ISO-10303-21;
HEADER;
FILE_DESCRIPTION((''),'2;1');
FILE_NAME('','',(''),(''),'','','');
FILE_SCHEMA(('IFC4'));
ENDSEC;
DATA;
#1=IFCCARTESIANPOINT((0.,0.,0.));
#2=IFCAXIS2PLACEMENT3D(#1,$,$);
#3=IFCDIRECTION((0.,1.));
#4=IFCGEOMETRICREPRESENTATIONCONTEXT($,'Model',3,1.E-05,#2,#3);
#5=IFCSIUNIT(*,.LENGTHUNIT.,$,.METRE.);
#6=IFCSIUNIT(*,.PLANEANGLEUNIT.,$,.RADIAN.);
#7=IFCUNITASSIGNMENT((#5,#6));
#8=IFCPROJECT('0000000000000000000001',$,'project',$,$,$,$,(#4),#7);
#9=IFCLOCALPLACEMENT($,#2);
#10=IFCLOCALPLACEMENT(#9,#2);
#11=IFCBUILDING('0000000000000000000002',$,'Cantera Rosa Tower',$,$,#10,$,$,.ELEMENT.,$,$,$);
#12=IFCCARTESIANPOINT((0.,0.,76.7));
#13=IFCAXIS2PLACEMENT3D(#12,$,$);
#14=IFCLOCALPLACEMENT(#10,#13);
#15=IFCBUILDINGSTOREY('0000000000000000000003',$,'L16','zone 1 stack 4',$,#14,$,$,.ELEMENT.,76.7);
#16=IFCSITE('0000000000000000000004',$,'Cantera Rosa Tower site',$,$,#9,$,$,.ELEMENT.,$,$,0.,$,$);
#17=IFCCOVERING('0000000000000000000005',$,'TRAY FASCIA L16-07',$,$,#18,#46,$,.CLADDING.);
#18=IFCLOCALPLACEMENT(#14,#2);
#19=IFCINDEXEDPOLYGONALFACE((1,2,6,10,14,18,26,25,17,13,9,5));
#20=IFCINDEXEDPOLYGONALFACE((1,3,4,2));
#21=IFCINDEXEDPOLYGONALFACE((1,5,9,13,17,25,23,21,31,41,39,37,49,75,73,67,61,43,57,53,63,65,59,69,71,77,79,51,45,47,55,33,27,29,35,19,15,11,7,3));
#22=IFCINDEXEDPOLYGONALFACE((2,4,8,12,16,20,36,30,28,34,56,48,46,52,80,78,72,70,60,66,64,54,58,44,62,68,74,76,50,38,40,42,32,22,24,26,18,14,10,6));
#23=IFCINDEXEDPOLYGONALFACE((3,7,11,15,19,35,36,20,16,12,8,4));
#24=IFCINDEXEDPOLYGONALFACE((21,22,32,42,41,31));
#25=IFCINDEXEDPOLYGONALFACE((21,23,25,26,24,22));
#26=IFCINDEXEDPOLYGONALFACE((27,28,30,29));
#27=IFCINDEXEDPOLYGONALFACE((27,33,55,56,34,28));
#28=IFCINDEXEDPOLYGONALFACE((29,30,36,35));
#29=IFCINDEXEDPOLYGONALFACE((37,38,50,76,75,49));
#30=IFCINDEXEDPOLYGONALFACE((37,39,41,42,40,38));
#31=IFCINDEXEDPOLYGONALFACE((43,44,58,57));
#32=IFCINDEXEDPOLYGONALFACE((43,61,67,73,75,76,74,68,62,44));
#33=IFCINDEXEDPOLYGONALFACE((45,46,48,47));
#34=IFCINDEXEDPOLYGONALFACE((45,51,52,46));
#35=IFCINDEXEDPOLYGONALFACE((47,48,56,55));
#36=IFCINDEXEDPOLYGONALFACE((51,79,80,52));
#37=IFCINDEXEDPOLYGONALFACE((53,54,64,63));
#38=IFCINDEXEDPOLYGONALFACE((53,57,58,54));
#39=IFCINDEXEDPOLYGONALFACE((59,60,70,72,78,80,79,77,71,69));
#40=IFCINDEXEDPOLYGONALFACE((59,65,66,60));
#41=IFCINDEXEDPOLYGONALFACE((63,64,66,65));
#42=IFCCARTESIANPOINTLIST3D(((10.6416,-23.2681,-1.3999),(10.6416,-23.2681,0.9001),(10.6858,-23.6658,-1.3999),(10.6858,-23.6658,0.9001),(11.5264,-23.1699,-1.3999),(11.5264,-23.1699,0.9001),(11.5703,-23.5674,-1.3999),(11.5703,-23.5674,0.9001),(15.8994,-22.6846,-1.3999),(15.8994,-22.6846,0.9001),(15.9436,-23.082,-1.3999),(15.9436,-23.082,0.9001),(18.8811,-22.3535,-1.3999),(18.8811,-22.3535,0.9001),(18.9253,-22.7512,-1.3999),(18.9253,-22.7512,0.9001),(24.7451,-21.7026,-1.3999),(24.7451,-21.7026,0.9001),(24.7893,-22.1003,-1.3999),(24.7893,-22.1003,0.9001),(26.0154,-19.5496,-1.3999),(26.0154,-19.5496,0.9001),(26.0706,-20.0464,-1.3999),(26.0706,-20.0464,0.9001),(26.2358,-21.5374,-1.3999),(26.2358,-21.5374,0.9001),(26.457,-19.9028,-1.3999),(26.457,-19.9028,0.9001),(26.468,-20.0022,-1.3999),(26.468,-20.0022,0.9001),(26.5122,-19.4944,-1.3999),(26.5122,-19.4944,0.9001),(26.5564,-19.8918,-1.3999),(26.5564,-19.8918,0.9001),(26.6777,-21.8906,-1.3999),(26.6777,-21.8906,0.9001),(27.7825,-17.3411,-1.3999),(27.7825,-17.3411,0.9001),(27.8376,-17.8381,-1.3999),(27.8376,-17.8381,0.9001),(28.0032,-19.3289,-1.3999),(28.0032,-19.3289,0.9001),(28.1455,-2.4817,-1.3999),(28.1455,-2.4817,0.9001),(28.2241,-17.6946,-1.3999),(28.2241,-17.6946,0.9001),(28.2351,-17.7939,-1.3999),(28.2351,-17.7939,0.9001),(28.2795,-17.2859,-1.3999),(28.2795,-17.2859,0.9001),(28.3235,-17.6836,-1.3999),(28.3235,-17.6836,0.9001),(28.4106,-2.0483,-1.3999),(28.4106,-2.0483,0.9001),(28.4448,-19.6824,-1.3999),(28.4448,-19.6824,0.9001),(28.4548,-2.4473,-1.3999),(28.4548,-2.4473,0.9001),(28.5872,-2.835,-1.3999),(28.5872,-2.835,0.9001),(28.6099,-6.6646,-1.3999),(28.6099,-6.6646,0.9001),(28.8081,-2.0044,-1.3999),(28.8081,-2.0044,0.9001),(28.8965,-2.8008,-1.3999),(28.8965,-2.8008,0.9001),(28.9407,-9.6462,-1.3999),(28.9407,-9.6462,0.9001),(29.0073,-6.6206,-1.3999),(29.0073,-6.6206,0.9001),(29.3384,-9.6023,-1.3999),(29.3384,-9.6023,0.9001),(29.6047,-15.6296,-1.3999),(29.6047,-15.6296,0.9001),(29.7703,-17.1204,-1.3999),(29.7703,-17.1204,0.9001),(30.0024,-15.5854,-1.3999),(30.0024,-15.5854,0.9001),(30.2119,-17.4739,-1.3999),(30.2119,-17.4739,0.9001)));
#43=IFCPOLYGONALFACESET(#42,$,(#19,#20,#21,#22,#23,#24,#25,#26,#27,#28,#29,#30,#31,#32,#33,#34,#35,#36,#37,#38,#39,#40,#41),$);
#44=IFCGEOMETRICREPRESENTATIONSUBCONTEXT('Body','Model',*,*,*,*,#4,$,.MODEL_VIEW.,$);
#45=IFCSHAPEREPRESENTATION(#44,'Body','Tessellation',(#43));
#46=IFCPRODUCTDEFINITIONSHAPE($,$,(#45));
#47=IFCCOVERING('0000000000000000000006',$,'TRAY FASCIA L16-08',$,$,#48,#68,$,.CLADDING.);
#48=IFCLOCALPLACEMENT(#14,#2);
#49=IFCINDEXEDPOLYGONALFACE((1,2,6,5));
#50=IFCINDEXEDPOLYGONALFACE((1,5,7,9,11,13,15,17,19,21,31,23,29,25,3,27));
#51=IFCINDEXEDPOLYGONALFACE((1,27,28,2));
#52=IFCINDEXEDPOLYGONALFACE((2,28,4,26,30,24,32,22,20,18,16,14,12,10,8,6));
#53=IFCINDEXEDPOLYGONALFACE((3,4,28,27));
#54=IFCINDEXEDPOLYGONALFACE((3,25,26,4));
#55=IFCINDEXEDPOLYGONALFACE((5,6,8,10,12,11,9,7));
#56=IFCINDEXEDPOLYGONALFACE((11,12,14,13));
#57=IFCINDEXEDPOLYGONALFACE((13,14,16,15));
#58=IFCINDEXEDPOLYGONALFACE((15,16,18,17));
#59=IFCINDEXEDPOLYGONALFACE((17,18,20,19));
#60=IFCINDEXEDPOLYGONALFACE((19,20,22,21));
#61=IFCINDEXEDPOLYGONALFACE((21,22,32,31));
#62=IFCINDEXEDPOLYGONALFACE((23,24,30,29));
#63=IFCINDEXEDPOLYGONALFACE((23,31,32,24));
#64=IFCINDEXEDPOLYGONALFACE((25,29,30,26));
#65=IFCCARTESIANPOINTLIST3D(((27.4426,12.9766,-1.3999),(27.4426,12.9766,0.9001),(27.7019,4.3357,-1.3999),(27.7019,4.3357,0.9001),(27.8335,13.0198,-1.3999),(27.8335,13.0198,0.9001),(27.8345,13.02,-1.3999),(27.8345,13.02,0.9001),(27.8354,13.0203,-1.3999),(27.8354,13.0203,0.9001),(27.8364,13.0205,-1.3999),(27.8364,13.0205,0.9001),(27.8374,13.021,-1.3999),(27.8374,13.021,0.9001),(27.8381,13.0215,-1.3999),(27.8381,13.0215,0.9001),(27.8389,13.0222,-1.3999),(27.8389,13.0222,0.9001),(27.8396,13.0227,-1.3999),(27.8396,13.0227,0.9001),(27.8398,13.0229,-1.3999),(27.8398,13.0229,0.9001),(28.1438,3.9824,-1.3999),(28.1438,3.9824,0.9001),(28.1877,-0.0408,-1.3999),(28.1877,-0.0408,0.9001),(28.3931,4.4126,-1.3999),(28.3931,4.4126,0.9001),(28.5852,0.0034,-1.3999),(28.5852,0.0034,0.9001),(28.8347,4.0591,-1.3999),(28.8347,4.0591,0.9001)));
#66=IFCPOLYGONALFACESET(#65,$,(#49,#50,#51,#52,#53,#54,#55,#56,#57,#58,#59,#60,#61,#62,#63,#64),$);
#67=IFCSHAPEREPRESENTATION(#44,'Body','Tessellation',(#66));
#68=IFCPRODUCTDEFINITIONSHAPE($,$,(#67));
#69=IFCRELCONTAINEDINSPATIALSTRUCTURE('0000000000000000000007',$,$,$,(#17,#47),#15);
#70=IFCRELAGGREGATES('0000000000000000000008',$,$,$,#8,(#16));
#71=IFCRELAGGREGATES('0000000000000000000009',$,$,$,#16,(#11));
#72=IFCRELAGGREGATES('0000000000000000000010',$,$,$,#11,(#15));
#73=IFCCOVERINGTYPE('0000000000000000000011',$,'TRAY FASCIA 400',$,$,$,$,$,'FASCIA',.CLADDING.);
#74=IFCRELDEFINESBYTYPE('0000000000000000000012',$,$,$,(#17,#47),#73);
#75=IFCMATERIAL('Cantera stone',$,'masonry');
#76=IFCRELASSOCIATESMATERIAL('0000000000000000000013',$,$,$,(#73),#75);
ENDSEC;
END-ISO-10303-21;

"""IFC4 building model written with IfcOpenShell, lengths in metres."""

from ifc_helpers import new_model, si_unit, direction, frame, origin, place, context, subcontext, project, spatial, polyline, outline, extrude, material, type_object, element, save


model = new_model("IFC4")

# Units and contexts
model_context = context("Model", 3, precision=1e-05, world=origin(), true_north=direction((0.0, 1.0)))
body_context = subcontext(model_context, "Body", "Model", "MODEL_VIEW")
ifc_project = project(units=[si_unit("LENGTHUNIT", "METRE"), si_unit("PLANEANGLEUNIT", "RADIAN")], contexts=[model_context])

# Site, building, storey
site_placement = place(None, origin())
site = spatial("IfcSite", under=ifc_project, at=site_placement, Name="Cantera Rosa Tower site", CompositionType="ELEMENT", RefElevation=0.0)
building_placement = place(site_placement, origin())
building = spatial("IfcBuilding", under=site, at=building_placement, Name="Cantera Rosa Tower", CompositionType="ELEMENT")
storey_placement = place(building_placement, frame((0.0, 0.0, 76.7)))
storey = spatial("IfcBuildingStorey", under=building, at=storey_placement, Name="L16", Description="zone 1 stack 4", CompositionType="ELEMENT", Elevation=76.7)

# Coverings
ifc_material_1 = material(Name="Cantera stone", Category="masonry")
covering_type_1 = type_object("IfcCoveringType", Name="TRAY FASCIA 400", ElementType="FASCIA", PredefinedType="CLADDING", material=ifc_material_1)
covering_1_placement = place(storey_placement, frame((0.0, 0.0, -1.3999)))
element("IfcCovering", 1, at=covering_1_placement, inside=storey, type_object=covering_type_1, Name="TRAY FASCIA L16-07", PredefinedType="CLADDING", context=body_context, shape_type="SweptSolid", body=[
    extrude(outline(polyline([(28.8965, -2.8008), (28.5872, -2.835), (29.0073, -6.6206), (29.3384, -9.6023), (30.0024, -15.5854), (30.2119, -17.4739), (28.3235, -17.6836), (28.2241, -17.6946), (28.2351, -17.7939), (28.4448, -19.6824), (26.5564, -19.8918), (26.457, -19.9028), (26.468, -20.0022), (26.6777, -21.8906), (24.7893, -22.1003), (18.9253, -22.7512), (15.9436, -23.082), (11.5703, -23.5674), (10.6858, -23.6658), (10.6416, -23.2681), (11.5264, -23.1699), (15.8994, -22.6846), (18.8811, -22.3535), (24.7451, -21.7026), (26.2358, -21.5374), (26.0706, -20.0464), (26.0154, -19.5496), (26.5122, -19.4944), (28.0032, -19.3289), (27.8376, -17.8381), (27.7825, -17.3411), (28.2795, -17.2859), (29.7703, -17.1204), (29.6047, -15.6296), (28.9407, -9.6462), (28.6099, -6.6646), (28.1455, -2.4817), (28.4548, -2.4473), (28.4106, -2.0483), (28.8081, -2.0044), (28.8965, -2.8008)])), origin(), (0.0, 0.0, 1.0), 2.3),
])
covering_2_placement = place(storey_placement, frame((0.0, 0.0, -1.3999)))
element("IfcCovering", 2, at=covering_2_placement, inside=storey, type_object=covering_type_1, Name="TRAY FASCIA L16-08", PredefinedType="CLADDING", context=body_context, shape_type="SweptSolid", body=[
    extrude(outline(polyline([(28.8347, 4.0591), (28.1438, 3.9824), (28.5852, 0.0034), (28.1877, -0.0408), (27.7019, 4.3357), (28.3931, 4.4126), (27.4426, 12.9766), (27.8335, 13.0198), (27.8345, 13.02), (27.8354, 13.0203), (27.8364, 13.0205), (27.8374, 13.021), (27.8381, 13.0215), (27.8389, 13.0222), (27.8396, 13.0227), (27.8398, 13.0229), (28.8347, 4.0591)])), origin(), (0.0, 0.0, 1.0), 2.3),
])

save(model, "model.ifc")
